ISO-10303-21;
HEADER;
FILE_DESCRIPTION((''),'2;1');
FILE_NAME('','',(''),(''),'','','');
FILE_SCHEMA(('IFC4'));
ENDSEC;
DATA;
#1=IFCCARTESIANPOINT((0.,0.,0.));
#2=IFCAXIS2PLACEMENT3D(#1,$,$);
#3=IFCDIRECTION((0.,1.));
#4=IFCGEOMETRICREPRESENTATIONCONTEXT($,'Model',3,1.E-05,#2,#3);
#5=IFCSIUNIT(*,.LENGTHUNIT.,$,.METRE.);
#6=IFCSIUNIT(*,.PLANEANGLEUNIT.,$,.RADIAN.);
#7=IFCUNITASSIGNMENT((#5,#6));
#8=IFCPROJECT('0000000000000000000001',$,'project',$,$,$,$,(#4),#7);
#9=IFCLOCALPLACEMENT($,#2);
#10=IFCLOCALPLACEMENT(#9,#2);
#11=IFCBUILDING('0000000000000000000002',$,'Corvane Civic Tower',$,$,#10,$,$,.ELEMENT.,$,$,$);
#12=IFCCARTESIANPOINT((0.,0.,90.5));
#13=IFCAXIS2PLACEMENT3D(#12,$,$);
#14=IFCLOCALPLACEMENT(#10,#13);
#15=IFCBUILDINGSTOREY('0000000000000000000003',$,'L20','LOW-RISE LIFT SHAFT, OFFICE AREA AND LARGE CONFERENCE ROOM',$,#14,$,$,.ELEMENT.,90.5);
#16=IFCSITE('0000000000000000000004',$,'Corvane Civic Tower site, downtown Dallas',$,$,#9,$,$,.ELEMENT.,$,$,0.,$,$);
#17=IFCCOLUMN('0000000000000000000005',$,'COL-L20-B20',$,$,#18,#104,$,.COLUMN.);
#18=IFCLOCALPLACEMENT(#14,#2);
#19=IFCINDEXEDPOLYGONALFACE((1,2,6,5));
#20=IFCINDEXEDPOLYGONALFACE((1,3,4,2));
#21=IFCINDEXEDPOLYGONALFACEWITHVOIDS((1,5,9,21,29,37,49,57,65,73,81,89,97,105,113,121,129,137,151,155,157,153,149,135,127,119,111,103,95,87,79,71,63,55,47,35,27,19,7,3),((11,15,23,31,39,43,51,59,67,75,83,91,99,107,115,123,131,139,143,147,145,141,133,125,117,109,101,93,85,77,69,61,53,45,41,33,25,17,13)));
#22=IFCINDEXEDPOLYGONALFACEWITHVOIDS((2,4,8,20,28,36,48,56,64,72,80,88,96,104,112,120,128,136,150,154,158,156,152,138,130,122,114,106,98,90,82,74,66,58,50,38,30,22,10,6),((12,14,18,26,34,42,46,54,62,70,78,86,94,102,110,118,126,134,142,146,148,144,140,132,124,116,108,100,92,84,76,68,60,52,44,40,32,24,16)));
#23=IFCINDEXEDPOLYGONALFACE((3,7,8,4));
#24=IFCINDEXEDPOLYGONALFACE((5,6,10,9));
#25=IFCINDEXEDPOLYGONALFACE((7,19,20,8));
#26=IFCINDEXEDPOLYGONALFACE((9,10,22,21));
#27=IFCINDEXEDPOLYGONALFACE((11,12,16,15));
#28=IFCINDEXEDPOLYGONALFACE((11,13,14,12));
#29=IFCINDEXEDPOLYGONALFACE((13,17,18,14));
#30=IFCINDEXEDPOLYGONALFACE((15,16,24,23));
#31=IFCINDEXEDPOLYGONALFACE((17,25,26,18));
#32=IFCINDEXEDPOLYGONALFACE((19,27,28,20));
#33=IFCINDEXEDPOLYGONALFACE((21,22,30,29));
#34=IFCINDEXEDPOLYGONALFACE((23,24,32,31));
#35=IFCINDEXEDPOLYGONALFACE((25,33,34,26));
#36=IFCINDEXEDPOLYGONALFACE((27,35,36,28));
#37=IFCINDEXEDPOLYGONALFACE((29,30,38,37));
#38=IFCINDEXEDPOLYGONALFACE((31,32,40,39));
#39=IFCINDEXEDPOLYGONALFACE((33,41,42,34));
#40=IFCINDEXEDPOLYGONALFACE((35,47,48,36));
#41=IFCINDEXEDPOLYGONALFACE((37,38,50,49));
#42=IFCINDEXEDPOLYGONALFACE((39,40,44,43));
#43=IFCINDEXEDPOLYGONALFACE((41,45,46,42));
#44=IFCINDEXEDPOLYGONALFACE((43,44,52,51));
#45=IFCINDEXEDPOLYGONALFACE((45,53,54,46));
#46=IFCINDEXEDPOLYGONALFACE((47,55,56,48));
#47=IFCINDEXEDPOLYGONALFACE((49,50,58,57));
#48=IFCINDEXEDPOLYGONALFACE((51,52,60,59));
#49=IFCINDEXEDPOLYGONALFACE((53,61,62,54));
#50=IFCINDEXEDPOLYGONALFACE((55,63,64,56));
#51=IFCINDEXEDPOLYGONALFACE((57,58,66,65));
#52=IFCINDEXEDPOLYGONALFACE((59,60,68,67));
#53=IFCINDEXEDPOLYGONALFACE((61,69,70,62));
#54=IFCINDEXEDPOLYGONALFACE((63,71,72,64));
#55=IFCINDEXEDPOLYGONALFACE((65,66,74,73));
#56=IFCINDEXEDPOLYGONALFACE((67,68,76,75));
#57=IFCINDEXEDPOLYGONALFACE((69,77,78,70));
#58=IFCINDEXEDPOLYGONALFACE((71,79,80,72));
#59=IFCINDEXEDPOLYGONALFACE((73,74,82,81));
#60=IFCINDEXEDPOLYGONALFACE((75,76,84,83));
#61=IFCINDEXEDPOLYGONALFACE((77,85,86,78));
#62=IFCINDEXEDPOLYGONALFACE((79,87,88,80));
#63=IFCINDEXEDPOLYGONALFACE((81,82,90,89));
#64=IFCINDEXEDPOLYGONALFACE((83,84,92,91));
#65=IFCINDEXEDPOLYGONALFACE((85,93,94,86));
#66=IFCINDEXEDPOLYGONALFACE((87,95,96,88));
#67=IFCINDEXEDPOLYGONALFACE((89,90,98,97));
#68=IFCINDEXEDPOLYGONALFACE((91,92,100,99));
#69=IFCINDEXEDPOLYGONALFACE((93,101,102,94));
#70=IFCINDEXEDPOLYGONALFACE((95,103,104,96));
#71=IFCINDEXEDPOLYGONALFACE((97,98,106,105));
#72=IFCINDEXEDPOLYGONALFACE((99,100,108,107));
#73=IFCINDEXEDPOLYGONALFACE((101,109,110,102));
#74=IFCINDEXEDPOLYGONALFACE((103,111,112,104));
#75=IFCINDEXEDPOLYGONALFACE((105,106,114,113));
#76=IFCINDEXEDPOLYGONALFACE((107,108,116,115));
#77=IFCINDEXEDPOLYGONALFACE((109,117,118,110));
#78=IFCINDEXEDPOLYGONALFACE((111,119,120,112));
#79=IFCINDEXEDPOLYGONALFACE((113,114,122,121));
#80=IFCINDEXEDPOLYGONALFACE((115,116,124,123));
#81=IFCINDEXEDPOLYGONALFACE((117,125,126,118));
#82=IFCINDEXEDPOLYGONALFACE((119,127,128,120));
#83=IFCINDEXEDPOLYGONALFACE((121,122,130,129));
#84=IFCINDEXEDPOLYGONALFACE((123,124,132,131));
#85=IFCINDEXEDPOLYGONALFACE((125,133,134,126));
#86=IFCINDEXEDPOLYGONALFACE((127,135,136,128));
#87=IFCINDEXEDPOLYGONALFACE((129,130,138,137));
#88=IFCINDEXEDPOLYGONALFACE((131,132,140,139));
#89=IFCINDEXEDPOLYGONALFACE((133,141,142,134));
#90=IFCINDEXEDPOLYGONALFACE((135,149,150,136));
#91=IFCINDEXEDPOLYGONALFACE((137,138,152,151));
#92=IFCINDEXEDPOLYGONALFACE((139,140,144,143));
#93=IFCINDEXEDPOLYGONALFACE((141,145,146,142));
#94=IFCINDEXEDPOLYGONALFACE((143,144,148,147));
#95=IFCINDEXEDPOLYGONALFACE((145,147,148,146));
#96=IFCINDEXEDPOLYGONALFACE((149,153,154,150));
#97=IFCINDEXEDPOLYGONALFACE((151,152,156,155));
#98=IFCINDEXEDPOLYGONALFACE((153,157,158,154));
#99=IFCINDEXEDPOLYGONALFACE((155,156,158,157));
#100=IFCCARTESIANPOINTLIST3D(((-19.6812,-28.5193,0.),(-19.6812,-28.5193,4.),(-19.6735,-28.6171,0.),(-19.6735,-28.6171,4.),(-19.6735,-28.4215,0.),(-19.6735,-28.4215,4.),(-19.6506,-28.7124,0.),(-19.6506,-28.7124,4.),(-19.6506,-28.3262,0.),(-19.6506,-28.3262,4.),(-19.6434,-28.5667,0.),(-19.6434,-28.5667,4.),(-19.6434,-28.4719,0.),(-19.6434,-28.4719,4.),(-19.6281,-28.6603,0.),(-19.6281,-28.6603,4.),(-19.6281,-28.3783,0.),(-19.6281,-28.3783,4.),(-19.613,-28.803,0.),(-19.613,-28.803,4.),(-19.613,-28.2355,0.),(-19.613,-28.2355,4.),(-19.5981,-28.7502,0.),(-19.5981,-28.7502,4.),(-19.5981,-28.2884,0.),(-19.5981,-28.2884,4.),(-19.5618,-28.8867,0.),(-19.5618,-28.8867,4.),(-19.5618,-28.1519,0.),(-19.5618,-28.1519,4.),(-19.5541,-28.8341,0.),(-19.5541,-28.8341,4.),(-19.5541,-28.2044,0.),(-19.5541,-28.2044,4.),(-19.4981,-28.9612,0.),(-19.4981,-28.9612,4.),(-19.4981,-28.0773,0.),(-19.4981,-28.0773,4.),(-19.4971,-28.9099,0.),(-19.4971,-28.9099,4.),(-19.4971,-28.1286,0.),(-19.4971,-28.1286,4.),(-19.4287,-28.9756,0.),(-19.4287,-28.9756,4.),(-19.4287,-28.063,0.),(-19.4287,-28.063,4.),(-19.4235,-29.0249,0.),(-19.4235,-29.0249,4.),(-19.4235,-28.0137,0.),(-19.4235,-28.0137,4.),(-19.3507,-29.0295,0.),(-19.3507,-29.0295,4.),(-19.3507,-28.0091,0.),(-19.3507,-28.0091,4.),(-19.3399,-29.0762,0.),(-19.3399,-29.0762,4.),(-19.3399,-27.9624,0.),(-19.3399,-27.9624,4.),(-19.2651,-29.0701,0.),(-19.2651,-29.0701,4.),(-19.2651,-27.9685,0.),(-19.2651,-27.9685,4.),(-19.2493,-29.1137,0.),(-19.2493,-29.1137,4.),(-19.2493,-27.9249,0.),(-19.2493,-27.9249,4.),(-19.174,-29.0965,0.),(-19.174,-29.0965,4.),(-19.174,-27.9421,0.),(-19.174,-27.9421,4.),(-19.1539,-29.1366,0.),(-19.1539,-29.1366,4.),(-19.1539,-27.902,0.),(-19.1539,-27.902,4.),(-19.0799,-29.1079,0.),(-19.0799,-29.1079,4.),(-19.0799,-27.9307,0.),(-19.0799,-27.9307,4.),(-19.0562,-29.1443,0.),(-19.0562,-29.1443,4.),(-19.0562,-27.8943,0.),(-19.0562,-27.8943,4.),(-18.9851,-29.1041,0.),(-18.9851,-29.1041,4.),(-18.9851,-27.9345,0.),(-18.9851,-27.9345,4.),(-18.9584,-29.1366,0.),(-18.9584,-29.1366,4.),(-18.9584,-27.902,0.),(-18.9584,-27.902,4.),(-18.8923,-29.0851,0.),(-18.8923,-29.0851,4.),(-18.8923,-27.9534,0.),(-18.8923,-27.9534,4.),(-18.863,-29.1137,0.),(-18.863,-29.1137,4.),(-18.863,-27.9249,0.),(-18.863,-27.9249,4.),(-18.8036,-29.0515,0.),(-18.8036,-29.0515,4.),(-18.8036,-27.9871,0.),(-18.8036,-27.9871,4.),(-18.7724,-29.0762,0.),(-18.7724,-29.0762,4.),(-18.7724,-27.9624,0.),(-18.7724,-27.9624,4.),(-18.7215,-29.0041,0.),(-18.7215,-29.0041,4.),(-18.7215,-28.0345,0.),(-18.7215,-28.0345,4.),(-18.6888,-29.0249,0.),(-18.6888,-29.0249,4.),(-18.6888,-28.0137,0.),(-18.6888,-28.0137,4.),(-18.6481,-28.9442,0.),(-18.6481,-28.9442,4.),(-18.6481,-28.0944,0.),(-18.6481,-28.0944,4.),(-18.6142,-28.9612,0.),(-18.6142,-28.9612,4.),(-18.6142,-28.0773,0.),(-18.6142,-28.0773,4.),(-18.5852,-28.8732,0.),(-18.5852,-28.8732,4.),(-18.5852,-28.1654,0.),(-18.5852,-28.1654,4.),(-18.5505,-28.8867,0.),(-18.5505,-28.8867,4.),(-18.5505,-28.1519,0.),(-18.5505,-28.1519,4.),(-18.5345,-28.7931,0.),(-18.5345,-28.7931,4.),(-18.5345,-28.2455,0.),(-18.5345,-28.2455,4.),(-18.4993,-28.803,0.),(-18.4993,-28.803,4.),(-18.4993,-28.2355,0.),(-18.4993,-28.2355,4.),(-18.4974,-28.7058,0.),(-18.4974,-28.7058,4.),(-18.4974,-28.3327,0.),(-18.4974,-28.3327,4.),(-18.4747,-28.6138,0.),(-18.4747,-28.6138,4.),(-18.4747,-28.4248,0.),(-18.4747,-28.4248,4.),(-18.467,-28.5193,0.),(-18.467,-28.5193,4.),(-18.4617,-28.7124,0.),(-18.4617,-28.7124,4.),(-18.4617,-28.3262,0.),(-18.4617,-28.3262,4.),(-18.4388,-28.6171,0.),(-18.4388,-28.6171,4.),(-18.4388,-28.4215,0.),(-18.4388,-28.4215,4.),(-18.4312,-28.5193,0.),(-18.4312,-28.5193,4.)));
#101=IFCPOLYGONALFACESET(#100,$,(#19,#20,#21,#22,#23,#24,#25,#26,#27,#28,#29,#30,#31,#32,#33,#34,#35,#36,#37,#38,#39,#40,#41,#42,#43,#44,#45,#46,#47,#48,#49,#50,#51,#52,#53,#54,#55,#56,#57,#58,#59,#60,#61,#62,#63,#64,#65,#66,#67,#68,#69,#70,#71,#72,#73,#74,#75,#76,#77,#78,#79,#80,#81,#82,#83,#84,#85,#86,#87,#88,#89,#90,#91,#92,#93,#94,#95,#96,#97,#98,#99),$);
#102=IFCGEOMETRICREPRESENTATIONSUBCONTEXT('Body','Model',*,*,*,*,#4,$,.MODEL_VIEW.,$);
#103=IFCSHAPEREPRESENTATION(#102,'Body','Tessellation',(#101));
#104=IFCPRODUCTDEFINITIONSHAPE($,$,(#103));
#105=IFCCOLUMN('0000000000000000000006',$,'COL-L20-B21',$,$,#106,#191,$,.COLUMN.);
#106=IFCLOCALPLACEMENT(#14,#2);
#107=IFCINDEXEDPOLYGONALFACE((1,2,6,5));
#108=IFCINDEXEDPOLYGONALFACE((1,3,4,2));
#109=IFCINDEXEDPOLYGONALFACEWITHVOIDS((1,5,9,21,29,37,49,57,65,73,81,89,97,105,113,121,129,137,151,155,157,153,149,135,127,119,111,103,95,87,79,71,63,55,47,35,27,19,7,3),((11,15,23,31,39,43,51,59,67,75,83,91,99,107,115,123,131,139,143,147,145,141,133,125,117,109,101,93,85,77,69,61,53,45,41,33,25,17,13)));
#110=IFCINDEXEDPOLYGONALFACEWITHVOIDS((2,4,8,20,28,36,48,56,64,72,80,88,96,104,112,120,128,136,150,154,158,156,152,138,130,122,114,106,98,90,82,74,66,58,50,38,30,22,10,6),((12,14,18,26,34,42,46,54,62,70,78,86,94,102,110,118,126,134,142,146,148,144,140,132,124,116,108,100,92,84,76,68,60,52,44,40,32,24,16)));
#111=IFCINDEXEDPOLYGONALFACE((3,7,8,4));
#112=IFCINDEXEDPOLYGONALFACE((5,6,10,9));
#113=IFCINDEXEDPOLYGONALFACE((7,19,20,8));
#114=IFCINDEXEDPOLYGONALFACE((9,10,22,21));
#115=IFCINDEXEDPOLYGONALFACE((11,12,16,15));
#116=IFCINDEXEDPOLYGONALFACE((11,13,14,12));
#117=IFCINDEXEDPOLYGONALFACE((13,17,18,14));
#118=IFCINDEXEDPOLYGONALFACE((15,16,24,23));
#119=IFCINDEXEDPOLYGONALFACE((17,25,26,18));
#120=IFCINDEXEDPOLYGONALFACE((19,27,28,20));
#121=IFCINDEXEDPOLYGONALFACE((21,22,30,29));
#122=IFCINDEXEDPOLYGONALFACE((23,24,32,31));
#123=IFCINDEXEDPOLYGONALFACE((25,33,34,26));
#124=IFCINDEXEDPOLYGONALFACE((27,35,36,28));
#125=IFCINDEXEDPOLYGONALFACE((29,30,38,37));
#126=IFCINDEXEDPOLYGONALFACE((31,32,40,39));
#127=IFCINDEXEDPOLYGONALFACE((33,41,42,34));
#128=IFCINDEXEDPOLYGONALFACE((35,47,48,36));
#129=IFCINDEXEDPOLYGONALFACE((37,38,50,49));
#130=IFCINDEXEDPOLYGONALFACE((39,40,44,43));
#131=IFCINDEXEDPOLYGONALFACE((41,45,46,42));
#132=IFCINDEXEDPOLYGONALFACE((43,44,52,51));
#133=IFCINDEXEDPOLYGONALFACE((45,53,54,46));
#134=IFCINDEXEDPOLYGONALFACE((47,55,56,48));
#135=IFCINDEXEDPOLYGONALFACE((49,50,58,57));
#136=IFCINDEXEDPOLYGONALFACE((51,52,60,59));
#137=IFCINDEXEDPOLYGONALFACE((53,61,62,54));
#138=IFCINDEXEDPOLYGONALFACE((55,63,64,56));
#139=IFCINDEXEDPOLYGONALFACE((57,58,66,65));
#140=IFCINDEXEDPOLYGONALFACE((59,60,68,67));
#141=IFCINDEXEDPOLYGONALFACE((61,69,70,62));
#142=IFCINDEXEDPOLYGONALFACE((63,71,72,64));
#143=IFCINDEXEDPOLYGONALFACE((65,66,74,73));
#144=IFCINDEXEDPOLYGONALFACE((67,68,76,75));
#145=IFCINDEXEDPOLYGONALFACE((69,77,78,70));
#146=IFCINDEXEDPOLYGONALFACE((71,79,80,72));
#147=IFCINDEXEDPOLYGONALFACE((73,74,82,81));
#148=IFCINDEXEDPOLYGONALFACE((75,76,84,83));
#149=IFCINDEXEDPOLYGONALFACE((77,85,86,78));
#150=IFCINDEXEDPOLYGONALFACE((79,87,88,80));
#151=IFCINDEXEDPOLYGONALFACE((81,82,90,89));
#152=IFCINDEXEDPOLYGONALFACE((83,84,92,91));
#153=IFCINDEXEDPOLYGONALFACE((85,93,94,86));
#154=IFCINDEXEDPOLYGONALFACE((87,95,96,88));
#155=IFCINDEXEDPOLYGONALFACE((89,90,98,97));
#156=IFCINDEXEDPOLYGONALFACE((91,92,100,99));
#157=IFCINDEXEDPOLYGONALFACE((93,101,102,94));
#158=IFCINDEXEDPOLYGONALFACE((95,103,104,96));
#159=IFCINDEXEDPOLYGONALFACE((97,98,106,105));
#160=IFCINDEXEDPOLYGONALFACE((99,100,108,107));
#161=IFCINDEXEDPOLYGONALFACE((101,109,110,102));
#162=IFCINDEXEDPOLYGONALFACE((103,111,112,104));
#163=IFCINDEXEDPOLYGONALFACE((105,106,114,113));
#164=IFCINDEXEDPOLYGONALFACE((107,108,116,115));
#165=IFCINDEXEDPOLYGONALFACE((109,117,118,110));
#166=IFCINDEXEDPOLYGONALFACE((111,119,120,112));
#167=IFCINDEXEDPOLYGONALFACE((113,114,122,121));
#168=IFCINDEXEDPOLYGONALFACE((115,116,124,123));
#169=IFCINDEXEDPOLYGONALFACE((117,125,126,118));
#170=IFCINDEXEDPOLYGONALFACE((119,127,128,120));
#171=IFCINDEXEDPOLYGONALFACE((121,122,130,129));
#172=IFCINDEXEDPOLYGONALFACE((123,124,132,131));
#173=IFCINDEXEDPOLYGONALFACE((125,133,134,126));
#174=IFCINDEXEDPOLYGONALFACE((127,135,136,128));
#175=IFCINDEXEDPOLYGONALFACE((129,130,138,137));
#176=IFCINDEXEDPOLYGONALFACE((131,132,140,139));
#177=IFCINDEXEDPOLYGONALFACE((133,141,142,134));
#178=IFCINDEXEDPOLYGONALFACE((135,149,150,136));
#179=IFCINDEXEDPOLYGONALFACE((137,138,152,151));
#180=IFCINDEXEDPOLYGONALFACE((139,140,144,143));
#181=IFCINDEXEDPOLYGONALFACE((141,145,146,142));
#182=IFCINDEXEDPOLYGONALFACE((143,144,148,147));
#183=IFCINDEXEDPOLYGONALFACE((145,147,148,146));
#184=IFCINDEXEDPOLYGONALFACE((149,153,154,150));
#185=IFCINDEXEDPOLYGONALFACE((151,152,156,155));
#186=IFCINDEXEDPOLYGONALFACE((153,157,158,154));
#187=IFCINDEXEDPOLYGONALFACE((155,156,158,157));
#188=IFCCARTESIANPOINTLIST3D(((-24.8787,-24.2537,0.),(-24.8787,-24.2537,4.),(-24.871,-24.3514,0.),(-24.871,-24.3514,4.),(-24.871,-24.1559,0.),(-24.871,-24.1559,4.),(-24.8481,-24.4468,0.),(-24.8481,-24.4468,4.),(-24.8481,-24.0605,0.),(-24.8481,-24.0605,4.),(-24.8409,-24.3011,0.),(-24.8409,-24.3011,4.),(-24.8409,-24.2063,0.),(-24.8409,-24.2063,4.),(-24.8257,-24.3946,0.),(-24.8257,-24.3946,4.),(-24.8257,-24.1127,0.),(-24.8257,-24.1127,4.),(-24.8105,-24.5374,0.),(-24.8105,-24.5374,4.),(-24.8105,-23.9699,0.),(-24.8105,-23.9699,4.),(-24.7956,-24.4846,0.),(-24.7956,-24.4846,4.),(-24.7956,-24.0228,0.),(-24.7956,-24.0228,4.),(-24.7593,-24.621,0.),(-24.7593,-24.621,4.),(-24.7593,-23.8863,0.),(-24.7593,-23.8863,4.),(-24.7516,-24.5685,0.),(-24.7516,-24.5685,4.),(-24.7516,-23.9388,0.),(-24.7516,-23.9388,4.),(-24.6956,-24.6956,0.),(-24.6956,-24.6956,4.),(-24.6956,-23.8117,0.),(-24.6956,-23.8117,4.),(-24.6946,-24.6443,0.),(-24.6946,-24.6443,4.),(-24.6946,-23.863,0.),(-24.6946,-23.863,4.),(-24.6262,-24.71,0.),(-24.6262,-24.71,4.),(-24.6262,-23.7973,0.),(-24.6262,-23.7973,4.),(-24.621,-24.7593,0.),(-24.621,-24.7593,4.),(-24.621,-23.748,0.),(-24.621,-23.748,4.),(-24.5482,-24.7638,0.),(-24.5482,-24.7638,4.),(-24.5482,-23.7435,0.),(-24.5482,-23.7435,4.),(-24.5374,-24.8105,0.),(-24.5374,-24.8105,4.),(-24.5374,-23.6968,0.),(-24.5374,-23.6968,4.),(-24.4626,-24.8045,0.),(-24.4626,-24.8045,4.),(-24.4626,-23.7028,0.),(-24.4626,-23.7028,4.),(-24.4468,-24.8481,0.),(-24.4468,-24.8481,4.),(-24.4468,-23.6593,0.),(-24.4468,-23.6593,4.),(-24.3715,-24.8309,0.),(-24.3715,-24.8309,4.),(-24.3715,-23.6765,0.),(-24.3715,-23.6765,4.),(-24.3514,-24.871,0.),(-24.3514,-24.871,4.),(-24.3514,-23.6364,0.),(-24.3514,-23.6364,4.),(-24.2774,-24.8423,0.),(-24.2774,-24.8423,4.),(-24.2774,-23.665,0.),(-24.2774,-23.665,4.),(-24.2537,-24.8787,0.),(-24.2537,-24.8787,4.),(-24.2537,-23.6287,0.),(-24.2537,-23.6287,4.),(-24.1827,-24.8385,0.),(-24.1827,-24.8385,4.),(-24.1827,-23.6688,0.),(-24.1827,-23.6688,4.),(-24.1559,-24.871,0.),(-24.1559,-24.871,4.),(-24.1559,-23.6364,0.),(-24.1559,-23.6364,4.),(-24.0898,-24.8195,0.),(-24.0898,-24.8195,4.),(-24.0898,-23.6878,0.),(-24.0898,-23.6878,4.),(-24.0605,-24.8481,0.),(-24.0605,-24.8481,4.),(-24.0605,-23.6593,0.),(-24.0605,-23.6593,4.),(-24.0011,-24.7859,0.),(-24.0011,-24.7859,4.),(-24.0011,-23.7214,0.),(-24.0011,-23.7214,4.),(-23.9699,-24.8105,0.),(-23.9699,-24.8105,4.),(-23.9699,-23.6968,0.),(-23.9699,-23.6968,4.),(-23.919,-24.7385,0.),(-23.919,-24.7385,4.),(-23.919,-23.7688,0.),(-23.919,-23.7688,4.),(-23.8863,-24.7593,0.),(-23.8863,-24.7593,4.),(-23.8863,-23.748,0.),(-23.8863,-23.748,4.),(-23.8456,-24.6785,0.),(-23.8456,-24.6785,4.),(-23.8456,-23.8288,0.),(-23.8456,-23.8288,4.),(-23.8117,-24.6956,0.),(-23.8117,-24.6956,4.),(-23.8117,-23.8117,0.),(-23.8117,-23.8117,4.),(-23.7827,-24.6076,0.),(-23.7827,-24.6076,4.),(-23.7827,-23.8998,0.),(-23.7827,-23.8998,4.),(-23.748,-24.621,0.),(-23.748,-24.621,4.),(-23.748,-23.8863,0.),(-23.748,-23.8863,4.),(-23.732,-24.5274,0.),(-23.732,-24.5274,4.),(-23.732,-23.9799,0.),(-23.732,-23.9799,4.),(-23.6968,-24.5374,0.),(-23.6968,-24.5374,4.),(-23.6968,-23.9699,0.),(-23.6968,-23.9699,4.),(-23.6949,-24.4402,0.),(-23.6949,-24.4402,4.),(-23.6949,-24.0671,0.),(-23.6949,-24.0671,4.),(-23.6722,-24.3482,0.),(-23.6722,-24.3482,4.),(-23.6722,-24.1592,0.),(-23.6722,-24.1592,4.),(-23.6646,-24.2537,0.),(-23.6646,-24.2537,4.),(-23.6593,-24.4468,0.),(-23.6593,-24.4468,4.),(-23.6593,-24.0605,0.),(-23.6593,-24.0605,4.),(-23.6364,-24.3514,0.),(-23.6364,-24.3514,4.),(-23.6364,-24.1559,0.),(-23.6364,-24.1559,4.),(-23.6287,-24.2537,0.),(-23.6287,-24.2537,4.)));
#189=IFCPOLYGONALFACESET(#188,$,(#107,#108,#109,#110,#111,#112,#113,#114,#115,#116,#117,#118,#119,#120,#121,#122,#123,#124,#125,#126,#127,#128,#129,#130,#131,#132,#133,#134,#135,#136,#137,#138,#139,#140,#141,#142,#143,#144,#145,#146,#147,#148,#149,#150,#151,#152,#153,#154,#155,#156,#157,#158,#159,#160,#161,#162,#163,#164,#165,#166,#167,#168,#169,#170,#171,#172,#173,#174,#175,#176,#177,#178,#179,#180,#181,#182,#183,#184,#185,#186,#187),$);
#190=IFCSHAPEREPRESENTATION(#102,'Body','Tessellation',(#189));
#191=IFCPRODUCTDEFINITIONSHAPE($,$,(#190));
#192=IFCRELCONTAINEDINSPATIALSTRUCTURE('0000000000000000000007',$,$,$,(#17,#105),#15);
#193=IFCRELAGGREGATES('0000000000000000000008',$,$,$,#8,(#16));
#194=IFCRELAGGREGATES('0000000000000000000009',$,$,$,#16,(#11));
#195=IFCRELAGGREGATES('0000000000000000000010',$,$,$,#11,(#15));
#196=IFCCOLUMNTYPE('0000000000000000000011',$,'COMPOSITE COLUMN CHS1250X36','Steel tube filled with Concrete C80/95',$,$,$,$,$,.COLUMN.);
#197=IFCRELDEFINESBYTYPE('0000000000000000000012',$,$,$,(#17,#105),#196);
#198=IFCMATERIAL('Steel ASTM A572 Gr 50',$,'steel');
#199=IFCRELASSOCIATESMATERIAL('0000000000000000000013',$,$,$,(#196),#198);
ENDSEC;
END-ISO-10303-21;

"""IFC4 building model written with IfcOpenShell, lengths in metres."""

from ifc_helpers import new_model, si_unit, direction, frame, origin, origin_2d, place, context, subcontext, project, spatial, hollow_circle, extrude, material, material_profile, profile_set, type_object, element, save


model = new_model("IFC4")

# Units and contexts
model_context = context("Model", 3, precision=1e-05, world=origin(), true_north=direction((0.0, 1.0)))
body_context = subcontext(model_context, "Body", "Model", "MODEL_VIEW")
ifc_project = project(units=[si_unit("LENGTHUNIT", "METRE"), si_unit("PLANEANGLEUNIT", "RADIAN")], contexts=[model_context])

# Site, building, storey
site_placement = place(None, origin())
site = spatial("IfcSite", under=ifc_project, at=site_placement, Name="Corvane Civic Tower site, downtown Dallas", CompositionType="ELEMENT", RefElevation=0.0)
building_placement = place(site_placement, origin())
building = spatial("IfcBuilding", under=site, at=building_placement, Name="Corvane Civic Tower", CompositionType="ELEMENT")
storey_placement = place(building_placement, frame((0.0, 0.0, 90.5)))
storey = spatial("IfcBuildingStorey", under=building, at=storey_placement, Name="L20", Description="LOW-RISE LIFT SHAFT, OFFICE AREA AND LARGE CONFERENCE ROOM", CompositionType="ELEMENT", Elevation=90.5)

# Columns
ifc_material_1 = material(Name="Steel ASTM A572 Gr 50", Category="steel")
ifc_material_profile_1 = material_profile(ifc_material_1, hollow_circle(Radius=0.625, WallThickness=0.0359, at=origin_2d()), Name="CHS1250X36")
ifc_profile_set_1 = profile_set([ifc_material_profile_1], Name="Steel ASTM A572 Gr 50")
column_type = type_object("IfcColumnType", Name="COMPOSITE COLUMN CHS1250X36", Description="Steel tube filled with Concrete C80/95", PredefinedType="COLUMN", material=ifc_profile_set_1)
for number, where, z_axis, x_axis, name in (
    (1, (-19.0562, -28.5193, 0.0), (0.0, 0.0, 1.0), (1.0, 0.0, 0.0), "COL-L20-B20"),
    (2, (-24.2537, -24.2537, 0.0), (0.0, 0.0, 1.0), (1.0, 0.0, 0.0), "COL-L20-B21"),
):
    element("IfcColumn", number, at=place(storey_placement, frame(where, z_axis=z_axis, x_axis=x_axis)), inside=storey, type_object=column_type, Name=name, PredefinedType="COLUMN", context=body_context, shape_type="SweptSolid", body=[
        extrude(hollow_circle(Radius=0.625, WallThickness=0.0359, at=origin_2d()), origin(), (0.0, 0.0, 1.0), 4.0),
    ])

save(model, "model.ifc")
